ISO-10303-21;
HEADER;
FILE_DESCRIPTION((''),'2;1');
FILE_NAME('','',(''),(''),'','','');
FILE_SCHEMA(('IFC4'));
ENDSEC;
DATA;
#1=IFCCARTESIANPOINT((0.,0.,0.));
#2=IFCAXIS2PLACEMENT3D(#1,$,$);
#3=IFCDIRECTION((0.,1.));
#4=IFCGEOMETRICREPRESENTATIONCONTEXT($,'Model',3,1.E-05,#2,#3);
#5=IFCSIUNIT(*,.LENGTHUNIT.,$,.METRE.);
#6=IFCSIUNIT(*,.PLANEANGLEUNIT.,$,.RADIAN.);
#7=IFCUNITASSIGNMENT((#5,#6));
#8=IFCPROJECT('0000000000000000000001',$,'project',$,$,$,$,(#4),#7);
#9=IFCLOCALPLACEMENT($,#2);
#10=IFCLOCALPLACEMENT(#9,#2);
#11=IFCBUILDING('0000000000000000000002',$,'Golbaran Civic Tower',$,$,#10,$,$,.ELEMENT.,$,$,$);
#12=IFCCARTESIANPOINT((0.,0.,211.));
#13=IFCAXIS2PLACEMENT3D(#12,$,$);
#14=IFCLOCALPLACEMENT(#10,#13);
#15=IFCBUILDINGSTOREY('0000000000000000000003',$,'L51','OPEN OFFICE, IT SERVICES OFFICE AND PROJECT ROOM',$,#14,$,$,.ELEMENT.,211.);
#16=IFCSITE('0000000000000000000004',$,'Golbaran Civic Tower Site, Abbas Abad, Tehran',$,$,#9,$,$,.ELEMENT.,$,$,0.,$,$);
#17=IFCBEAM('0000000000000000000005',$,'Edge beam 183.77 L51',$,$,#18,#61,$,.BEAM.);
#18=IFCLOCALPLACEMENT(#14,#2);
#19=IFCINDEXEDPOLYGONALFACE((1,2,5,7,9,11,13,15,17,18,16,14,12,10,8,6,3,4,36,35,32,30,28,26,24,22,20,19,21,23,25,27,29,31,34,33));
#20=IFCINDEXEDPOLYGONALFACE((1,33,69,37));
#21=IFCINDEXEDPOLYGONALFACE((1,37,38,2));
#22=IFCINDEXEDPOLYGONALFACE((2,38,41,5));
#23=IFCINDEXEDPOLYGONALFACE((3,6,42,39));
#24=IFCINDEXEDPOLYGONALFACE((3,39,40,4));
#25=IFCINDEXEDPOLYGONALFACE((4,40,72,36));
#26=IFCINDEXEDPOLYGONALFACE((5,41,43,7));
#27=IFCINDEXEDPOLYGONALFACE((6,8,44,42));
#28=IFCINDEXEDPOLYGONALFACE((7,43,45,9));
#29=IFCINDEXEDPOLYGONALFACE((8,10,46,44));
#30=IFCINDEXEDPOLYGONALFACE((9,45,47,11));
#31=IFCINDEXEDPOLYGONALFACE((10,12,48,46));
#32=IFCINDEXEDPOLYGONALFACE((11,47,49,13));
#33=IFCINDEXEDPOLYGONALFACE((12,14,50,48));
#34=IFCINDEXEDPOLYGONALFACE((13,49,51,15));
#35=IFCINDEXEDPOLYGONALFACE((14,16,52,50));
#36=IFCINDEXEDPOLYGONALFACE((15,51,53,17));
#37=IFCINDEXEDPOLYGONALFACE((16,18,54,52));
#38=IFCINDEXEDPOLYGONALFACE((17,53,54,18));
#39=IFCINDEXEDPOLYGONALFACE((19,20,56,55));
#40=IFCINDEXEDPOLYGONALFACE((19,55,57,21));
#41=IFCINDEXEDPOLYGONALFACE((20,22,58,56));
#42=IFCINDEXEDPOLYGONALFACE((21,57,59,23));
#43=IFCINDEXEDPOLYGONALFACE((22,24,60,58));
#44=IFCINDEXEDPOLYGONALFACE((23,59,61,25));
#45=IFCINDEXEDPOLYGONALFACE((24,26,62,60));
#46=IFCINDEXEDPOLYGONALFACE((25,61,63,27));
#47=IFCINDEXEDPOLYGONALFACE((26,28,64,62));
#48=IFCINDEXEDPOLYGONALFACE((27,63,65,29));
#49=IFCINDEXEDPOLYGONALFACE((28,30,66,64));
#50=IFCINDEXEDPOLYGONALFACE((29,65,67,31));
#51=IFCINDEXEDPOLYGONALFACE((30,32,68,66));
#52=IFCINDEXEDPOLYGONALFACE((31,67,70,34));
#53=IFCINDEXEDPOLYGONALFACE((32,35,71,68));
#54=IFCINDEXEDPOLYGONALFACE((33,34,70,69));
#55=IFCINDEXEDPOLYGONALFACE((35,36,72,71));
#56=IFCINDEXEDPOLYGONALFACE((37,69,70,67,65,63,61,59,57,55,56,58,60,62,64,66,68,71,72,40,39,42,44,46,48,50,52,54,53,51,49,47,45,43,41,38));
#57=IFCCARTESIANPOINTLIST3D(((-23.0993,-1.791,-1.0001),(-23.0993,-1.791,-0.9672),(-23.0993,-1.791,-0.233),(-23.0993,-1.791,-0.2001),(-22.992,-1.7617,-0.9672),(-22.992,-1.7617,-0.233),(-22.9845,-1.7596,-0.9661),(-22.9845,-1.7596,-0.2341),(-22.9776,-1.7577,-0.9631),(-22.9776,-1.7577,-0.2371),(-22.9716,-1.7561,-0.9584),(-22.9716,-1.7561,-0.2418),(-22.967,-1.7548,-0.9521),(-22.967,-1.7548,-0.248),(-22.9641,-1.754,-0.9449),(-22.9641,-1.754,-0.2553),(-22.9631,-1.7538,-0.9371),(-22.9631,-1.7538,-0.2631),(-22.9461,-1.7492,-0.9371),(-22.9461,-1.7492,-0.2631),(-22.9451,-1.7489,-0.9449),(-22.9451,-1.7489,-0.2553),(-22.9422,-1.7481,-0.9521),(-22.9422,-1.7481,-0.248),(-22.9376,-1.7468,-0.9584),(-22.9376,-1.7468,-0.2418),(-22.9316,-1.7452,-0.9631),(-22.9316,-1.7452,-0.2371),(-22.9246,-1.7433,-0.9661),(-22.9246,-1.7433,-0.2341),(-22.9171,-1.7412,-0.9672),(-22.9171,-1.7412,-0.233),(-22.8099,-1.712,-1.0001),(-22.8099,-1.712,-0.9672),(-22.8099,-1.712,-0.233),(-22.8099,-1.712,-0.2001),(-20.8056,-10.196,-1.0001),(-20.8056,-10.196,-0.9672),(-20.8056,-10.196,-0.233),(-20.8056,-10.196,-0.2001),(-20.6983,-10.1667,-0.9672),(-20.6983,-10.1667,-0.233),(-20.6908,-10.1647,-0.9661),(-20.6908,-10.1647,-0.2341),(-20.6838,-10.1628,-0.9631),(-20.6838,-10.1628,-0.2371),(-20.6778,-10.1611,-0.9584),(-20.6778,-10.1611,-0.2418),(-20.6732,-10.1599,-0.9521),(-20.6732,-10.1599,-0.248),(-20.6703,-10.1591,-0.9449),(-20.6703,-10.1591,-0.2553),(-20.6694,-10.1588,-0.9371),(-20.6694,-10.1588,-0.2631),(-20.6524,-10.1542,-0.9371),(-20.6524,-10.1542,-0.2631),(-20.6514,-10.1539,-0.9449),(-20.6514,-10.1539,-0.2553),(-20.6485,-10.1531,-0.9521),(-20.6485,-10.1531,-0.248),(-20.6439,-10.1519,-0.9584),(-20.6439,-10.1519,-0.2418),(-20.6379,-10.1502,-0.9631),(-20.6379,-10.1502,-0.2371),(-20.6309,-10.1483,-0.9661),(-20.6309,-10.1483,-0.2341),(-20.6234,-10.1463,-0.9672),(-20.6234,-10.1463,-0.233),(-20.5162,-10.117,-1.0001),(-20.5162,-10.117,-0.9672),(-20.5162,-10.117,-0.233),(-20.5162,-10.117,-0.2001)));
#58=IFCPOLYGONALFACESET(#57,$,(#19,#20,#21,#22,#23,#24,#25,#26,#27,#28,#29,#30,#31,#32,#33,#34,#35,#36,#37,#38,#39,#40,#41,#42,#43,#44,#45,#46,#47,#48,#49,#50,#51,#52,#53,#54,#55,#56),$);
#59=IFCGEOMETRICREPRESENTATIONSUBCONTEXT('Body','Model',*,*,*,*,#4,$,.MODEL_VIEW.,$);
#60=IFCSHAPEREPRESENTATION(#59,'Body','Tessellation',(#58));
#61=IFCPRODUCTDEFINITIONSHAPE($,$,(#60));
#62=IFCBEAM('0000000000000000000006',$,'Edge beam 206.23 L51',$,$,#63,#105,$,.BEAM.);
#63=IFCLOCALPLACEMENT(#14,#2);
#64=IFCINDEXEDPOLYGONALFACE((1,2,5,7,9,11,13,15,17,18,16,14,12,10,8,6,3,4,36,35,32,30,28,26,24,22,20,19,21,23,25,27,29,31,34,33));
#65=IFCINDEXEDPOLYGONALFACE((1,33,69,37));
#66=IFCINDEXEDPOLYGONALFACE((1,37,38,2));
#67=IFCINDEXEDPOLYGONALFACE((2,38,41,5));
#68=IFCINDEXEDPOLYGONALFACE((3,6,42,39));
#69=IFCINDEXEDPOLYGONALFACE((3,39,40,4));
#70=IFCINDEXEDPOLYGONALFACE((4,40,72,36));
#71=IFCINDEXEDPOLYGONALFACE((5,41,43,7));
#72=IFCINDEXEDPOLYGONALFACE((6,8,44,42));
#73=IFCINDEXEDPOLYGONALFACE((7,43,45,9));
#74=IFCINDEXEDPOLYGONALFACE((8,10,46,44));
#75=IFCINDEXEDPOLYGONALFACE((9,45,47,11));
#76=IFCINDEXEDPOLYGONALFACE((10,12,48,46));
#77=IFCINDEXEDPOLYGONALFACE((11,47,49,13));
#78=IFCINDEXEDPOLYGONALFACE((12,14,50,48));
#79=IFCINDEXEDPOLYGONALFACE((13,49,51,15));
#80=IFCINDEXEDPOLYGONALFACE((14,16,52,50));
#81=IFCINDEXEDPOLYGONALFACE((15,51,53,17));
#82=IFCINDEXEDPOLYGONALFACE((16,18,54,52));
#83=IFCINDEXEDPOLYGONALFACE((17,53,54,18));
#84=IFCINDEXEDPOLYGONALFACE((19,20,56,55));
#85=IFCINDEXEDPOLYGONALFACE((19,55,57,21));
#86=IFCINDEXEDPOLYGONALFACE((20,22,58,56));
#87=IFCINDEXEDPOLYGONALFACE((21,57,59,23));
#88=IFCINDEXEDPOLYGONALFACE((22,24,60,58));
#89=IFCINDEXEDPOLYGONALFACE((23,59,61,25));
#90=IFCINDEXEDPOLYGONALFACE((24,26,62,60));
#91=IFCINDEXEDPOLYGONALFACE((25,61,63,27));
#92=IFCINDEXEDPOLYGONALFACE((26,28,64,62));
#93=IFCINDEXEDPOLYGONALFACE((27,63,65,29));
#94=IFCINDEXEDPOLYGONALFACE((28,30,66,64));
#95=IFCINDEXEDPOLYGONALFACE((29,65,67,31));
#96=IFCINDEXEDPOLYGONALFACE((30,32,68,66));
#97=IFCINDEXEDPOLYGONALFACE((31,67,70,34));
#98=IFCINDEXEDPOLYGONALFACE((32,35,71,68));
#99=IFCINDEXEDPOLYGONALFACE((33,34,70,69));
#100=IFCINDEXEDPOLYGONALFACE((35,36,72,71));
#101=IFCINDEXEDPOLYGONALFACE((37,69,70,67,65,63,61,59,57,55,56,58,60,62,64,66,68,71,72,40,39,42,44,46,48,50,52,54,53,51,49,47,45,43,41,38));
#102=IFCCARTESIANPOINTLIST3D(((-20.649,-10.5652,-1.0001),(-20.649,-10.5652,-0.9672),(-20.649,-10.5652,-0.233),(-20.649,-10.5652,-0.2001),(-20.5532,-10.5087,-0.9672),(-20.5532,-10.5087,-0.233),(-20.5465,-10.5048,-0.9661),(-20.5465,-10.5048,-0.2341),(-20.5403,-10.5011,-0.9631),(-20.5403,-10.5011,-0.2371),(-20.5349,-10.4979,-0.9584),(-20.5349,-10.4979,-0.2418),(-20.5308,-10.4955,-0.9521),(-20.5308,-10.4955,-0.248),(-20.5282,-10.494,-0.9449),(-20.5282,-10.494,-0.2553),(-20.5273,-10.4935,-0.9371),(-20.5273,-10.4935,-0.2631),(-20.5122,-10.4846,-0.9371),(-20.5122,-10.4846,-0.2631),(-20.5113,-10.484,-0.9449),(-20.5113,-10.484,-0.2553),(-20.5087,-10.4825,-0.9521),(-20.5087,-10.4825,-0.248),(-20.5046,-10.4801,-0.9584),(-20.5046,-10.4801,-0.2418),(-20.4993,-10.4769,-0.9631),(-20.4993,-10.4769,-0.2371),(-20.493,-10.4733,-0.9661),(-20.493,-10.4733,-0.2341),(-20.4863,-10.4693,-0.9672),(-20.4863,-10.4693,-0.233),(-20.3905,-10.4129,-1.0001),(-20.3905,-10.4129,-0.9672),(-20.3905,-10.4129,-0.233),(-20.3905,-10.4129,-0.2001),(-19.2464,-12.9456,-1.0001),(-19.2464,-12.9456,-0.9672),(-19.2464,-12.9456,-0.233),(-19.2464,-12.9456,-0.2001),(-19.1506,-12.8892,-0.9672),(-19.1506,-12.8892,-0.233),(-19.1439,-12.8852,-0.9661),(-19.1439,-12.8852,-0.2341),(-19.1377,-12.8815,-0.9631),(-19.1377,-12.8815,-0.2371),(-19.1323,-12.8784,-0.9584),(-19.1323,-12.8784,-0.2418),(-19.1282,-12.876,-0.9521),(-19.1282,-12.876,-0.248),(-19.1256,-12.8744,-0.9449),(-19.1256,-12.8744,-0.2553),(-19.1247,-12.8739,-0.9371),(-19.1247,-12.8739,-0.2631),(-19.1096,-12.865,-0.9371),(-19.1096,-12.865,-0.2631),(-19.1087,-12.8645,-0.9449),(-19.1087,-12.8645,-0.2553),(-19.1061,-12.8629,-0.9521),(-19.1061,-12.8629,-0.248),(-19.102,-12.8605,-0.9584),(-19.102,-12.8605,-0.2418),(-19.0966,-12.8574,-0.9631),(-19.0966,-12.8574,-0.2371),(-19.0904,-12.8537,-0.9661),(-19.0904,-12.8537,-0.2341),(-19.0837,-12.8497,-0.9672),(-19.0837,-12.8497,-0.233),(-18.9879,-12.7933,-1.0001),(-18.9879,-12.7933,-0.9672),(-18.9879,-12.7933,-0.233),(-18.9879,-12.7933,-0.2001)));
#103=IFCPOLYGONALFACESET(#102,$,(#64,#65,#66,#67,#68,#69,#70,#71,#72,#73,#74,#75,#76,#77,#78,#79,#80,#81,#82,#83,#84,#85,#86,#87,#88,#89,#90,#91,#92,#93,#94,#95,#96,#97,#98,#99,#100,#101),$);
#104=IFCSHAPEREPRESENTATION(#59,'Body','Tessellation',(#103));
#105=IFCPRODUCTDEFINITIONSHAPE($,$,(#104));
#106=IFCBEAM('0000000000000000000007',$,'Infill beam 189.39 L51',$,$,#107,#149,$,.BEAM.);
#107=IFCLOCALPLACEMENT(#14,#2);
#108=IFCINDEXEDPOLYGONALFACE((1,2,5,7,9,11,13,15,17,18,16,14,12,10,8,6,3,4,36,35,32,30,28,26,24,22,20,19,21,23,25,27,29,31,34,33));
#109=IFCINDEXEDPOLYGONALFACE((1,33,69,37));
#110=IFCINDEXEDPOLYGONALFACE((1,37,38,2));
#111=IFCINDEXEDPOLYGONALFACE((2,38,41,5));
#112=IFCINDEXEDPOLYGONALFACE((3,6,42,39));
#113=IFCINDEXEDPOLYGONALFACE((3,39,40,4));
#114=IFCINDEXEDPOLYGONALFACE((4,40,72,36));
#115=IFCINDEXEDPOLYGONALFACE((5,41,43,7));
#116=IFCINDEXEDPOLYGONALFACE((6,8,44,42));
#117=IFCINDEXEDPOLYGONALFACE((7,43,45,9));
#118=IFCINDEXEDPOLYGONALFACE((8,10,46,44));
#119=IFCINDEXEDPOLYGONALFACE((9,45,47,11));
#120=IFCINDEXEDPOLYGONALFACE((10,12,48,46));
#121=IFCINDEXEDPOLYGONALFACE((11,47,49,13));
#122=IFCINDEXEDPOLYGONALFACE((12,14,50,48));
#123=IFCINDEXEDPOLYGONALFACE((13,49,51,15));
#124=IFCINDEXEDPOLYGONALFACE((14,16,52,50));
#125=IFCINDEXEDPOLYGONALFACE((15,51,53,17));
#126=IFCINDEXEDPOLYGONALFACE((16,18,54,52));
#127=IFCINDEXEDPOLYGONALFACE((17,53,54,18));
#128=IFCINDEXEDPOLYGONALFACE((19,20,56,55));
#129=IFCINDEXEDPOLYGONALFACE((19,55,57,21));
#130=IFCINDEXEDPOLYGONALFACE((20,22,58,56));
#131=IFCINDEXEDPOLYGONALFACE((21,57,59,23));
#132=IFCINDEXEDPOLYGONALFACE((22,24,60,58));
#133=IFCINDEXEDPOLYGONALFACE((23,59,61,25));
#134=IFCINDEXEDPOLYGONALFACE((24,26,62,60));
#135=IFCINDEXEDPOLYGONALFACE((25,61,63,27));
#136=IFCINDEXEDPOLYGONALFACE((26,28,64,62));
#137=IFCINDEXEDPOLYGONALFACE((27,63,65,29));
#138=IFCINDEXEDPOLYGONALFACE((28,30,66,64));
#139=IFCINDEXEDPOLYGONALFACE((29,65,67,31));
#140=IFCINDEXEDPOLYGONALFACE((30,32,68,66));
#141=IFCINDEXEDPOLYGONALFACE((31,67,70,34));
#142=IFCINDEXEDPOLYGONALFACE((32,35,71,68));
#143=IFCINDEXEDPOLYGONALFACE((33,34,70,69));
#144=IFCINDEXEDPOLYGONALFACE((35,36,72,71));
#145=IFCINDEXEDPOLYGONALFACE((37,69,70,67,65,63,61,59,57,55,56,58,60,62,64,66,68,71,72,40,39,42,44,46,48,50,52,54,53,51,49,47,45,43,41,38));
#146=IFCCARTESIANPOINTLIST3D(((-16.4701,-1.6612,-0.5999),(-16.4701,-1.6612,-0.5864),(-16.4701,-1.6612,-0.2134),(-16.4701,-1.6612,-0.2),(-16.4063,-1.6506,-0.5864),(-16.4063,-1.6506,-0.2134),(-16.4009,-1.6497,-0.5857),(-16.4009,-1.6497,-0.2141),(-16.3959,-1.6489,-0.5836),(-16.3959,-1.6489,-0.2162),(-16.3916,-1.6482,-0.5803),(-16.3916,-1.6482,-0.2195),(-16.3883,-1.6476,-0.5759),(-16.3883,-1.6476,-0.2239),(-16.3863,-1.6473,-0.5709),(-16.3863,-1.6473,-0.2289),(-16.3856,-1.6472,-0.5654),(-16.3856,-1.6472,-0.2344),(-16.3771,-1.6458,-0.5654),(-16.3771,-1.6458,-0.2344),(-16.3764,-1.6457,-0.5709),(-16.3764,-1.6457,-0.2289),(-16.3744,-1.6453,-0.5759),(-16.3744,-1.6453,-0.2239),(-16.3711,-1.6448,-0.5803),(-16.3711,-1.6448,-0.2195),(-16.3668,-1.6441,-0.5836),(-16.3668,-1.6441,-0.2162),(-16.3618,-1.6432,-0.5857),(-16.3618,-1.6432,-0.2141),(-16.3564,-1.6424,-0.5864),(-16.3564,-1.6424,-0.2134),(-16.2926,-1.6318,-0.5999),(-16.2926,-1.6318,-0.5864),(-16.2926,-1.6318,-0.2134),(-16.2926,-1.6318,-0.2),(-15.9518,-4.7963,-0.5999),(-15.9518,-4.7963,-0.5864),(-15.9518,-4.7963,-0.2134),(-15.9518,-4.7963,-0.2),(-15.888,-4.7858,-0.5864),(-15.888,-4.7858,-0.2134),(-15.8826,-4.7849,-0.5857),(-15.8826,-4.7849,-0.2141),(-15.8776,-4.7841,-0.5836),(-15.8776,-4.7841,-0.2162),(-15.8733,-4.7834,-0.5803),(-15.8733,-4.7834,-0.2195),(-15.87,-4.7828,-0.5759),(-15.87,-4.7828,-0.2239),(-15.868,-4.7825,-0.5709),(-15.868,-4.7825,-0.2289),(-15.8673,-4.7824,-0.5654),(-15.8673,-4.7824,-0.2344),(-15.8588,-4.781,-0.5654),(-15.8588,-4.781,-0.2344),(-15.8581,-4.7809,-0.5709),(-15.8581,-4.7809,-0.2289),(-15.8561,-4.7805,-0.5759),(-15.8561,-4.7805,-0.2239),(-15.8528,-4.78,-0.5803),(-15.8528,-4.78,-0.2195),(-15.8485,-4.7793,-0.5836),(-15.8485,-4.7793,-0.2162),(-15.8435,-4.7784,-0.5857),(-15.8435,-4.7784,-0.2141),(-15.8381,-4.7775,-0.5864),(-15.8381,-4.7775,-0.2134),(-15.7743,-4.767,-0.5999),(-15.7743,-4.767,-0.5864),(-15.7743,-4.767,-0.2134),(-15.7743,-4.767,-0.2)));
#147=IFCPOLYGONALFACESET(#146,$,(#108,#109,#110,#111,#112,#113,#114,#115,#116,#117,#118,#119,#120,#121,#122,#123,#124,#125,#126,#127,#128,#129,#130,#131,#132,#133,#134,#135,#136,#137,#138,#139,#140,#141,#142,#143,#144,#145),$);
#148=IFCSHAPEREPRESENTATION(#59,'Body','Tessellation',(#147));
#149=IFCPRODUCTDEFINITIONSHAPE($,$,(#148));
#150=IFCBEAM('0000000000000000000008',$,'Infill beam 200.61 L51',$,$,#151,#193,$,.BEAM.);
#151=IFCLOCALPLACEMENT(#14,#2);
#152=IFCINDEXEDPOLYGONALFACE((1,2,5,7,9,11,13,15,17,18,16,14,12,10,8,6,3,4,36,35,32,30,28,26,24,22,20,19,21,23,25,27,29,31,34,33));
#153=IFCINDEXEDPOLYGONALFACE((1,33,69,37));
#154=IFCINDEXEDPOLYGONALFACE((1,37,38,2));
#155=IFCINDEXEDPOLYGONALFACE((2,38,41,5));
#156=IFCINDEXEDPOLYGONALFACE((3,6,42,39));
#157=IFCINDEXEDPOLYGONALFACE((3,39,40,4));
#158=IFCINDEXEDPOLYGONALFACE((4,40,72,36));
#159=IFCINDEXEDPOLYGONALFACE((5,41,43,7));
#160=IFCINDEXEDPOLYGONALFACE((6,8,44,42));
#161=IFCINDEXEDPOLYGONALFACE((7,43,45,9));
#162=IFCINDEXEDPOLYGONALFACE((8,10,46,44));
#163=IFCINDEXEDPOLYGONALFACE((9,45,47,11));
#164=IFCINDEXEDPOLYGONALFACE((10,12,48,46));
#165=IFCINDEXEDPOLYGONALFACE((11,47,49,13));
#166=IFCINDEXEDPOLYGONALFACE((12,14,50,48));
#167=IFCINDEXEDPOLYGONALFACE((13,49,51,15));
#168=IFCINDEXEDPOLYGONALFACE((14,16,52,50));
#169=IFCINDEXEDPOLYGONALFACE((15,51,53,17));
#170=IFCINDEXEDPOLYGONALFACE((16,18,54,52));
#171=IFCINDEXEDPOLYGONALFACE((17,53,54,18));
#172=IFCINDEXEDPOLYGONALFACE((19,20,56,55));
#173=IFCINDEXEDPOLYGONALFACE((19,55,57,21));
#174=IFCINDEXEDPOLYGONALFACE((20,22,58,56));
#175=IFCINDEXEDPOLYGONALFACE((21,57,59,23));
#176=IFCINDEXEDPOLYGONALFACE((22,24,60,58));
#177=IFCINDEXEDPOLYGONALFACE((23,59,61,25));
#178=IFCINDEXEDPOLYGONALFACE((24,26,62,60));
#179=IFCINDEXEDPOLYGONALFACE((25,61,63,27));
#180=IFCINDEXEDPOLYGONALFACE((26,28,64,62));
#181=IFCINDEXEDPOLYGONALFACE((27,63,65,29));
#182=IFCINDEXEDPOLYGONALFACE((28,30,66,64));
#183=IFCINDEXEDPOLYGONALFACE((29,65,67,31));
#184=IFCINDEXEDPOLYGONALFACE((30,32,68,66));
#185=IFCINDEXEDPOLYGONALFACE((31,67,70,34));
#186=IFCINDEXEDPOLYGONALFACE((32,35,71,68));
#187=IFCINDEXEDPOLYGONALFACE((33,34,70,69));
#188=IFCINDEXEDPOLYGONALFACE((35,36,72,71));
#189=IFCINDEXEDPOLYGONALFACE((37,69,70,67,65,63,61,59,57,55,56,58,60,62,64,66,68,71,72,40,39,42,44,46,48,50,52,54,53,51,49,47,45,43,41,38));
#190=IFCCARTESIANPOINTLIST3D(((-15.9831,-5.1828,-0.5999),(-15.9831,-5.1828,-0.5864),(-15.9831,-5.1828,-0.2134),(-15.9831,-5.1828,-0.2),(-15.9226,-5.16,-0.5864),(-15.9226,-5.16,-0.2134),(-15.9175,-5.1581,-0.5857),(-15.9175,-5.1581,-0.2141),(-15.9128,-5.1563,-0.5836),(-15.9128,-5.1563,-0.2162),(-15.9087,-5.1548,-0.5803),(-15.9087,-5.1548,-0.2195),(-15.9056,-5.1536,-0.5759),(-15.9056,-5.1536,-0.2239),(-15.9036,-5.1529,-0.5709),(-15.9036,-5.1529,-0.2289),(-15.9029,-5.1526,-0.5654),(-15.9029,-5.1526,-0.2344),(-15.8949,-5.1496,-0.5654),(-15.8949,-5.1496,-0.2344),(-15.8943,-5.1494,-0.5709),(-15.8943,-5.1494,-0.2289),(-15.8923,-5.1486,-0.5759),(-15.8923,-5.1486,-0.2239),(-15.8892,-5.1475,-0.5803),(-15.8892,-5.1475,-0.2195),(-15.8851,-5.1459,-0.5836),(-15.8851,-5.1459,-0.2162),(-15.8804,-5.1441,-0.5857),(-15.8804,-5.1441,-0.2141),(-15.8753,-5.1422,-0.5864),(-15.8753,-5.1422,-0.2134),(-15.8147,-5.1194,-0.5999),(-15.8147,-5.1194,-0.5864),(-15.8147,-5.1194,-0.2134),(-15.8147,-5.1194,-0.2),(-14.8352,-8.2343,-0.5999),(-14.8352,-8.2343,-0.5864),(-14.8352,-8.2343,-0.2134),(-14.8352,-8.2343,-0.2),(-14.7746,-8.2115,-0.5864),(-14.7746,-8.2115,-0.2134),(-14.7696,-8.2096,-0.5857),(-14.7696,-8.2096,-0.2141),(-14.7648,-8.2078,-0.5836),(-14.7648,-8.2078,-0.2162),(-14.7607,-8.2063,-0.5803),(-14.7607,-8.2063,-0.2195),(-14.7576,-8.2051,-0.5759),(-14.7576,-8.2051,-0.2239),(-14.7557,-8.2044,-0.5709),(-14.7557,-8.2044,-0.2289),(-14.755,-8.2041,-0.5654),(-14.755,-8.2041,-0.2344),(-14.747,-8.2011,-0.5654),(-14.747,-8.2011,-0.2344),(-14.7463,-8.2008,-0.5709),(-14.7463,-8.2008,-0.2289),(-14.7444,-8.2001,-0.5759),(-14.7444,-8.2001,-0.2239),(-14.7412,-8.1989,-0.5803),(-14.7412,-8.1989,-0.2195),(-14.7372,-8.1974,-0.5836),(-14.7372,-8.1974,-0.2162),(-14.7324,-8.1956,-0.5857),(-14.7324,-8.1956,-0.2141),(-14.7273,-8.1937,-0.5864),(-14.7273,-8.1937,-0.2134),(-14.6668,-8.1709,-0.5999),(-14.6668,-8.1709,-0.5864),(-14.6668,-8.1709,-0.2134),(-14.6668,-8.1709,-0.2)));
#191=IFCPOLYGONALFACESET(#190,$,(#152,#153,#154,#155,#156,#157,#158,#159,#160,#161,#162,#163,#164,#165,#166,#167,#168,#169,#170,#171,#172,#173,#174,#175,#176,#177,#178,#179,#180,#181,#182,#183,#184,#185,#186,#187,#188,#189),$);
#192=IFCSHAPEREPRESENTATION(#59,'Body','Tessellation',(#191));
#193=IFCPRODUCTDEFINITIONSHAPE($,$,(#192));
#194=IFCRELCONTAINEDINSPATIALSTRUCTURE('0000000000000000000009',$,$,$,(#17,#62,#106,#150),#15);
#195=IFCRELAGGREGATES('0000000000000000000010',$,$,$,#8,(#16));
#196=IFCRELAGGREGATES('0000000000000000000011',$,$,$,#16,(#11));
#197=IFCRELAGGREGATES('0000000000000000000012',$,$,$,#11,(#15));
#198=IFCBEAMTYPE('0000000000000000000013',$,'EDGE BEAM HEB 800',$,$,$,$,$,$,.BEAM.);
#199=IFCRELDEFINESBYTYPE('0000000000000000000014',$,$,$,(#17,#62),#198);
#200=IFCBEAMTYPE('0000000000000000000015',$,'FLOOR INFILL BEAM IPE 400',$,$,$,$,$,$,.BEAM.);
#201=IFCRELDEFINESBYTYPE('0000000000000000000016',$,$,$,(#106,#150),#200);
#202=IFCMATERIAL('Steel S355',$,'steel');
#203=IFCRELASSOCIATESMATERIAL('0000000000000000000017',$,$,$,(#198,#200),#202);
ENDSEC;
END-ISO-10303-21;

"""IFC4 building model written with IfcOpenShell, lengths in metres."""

from ifc_helpers import new_model, si_unit, direction, frame, origin, origin_2d, place, context, subcontext, project, spatial, i_section, extrude, material, material_profile, profile_set, type_object, element, save


model = new_model("IFC4")

# Units and contexts
model_context = context("Model", 3, precision=1e-05, world=origin(), true_north=direction((0.0, 1.0)))
body_context = subcontext(model_context, "Body", "Model", "MODEL_VIEW")
ifc_project = project(units=[si_unit("LENGTHUNIT", "METRE"), si_unit("PLANEANGLEUNIT", "RADIAN")], contexts=[model_context])

# Site, building, storey
site_placement = place(None, origin())
site = spatial("IfcSite", under=ifc_project, at=site_placement, Name="Golbaran Civic Tower Site, Abbas Abad, Tehran", CompositionType="ELEMENT", RefElevation=0.0)
building_placement = place(site_placement, origin())
building = spatial("IfcBuilding", under=site, at=building_placement, Name="Golbaran Civic Tower", CompositionType="ELEMENT")
storey_placement = place(building_placement, frame((0.0, 0.0, 211.0)))
storey = spatial("IfcBuildingStorey", under=building, at=storey_placement, Name="L51", Description="OPEN OFFICE, IT SERVICES OFFICE AND PROJECT ROOM", CompositionType="ELEMENT", Elevation=211.0)

# Beams
ifc_material_1 = material(Name="Steel S355", Category="steel")
ifc_material_profile_1 = material_profile(ifc_material_1, i_section(OverallWidth=0.3, OverallDepth=0.8, WebThickness=0.0176, FlangeThickness=0.033, FilletRadius=0.03, at=origin_2d()), Name="HEB 800")
ifc_profile_set_1 = profile_set([ifc_material_profile_1], Name="Steel S355")
beam_type_1 = type_object("IfcBeamType", Name="EDGE BEAM HEB 800", PredefinedType="BEAM", material=ifc_profile_set_1)
beam_1_placement = place(storey_placement, frame((-22.9546, -1.7515, -0.6001), z_axis=(0.263269, -0.964722, 0.0), x_axis=(0.964722, 0.263269, 0.0)))
element("IfcBeam", 1, at=beam_1_placement, inside=storey, type_object=beam_type_1, Name="Edge beam 183.77 L51", PredefinedType="BEAM", context=body_context, shape_type="SweptSolid", body=[
    extrude(i_section(OverallWidth=0.3, OverallDepth=0.8, WebThickness=0.0176, FlangeThickness=0.033, FilletRadius=0.03, at=origin_2d()), origin(), (0.0, 0.0, 1.0), 8.7124),
])
beam_2_placement = place(storey_placement, frame((-20.5198, -10.489, -0.6001), z_axis=(0.507657, -0.861559, 0.0), x_axis=(0.861559, 0.507657, 0.0)))
element("IfcBeam", 2, at=beam_2_placement, inside=storey, type_object=beam_type_1, Name="Edge beam 206.23 L51", PredefinedType="BEAM", context=body_context, shape_type="SweptSolid", body=[
    extrude(i_section(OverallWidth=0.3, OverallDepth=0.8, WebThickness=0.0176, FlangeThickness=0.033, FilletRadius=0.03, at=origin_2d()), origin(), (0.0, 0.0, 1.0), 2.7629),
])
ifc_material_profile_2 = material_profile(ifc_material_1, i_section(OverallWidth=0.1799, OverallDepth=0.3999, WebThickness=0.0085, FlangeThickness=0.0134, FilletRadius=0.021, at=origin_2d()), Name="IPE 400")
ifc_profile_set_2 = profile_set([ifc_material_profile_2], Name="Steel S355")
beam_type_2 = type_object("IfcBeamType", Name="FLOOR INFILL BEAM IPE 400", PredefinedType="BEAM", material=ifc_profile_set_2)
beam_3_placement = place(storey_placement, frame((-16.3813, -1.6465, -0.3999), z_axis=(0.163103, -0.986609, 0.0), x_axis=(0.986609, 0.163103, 0.0)))
element("IfcBeam", 3, at=beam_3_placement, inside=storey, type_object=beam_type_2, Name="Infill beam 189.39 L51", PredefinedType="BEAM", context=body_context, shape_type="SweptSolid", body=[
    extrude(i_section(OverallWidth=0.1799, OverallDepth=0.3999, WebThickness=0.0085, FlangeThickness=0.0134, FilletRadius=0.021, at=origin_2d()), origin(), (0.0, 0.0, 1.0), 3.1777),
])
beam_4_placement = place(storey_placement, frame((-15.8989, -5.1511, -0.3999), z_axis=(0.3521, -0.935962, 0.0), x_axis=(0.935962, 0.3521, 0.0)))
element("IfcBeam", 4, at=beam_4_placement, inside=storey, type_object=beam_type_2, Name="Infill beam 200.61 L51", PredefinedType="BEAM", context=body_context, shape_type="SweptSolid", body=[
    extrude(i_section(OverallWidth=0.1799, OverallDepth=0.3999, WebThickness=0.0085, FlangeThickness=0.0134, FilletRadius=0.021, at=origin_2d()), origin(), (0.0, 0.0, 1.0), 3.2603),
])

save(model, "model.ifc")
